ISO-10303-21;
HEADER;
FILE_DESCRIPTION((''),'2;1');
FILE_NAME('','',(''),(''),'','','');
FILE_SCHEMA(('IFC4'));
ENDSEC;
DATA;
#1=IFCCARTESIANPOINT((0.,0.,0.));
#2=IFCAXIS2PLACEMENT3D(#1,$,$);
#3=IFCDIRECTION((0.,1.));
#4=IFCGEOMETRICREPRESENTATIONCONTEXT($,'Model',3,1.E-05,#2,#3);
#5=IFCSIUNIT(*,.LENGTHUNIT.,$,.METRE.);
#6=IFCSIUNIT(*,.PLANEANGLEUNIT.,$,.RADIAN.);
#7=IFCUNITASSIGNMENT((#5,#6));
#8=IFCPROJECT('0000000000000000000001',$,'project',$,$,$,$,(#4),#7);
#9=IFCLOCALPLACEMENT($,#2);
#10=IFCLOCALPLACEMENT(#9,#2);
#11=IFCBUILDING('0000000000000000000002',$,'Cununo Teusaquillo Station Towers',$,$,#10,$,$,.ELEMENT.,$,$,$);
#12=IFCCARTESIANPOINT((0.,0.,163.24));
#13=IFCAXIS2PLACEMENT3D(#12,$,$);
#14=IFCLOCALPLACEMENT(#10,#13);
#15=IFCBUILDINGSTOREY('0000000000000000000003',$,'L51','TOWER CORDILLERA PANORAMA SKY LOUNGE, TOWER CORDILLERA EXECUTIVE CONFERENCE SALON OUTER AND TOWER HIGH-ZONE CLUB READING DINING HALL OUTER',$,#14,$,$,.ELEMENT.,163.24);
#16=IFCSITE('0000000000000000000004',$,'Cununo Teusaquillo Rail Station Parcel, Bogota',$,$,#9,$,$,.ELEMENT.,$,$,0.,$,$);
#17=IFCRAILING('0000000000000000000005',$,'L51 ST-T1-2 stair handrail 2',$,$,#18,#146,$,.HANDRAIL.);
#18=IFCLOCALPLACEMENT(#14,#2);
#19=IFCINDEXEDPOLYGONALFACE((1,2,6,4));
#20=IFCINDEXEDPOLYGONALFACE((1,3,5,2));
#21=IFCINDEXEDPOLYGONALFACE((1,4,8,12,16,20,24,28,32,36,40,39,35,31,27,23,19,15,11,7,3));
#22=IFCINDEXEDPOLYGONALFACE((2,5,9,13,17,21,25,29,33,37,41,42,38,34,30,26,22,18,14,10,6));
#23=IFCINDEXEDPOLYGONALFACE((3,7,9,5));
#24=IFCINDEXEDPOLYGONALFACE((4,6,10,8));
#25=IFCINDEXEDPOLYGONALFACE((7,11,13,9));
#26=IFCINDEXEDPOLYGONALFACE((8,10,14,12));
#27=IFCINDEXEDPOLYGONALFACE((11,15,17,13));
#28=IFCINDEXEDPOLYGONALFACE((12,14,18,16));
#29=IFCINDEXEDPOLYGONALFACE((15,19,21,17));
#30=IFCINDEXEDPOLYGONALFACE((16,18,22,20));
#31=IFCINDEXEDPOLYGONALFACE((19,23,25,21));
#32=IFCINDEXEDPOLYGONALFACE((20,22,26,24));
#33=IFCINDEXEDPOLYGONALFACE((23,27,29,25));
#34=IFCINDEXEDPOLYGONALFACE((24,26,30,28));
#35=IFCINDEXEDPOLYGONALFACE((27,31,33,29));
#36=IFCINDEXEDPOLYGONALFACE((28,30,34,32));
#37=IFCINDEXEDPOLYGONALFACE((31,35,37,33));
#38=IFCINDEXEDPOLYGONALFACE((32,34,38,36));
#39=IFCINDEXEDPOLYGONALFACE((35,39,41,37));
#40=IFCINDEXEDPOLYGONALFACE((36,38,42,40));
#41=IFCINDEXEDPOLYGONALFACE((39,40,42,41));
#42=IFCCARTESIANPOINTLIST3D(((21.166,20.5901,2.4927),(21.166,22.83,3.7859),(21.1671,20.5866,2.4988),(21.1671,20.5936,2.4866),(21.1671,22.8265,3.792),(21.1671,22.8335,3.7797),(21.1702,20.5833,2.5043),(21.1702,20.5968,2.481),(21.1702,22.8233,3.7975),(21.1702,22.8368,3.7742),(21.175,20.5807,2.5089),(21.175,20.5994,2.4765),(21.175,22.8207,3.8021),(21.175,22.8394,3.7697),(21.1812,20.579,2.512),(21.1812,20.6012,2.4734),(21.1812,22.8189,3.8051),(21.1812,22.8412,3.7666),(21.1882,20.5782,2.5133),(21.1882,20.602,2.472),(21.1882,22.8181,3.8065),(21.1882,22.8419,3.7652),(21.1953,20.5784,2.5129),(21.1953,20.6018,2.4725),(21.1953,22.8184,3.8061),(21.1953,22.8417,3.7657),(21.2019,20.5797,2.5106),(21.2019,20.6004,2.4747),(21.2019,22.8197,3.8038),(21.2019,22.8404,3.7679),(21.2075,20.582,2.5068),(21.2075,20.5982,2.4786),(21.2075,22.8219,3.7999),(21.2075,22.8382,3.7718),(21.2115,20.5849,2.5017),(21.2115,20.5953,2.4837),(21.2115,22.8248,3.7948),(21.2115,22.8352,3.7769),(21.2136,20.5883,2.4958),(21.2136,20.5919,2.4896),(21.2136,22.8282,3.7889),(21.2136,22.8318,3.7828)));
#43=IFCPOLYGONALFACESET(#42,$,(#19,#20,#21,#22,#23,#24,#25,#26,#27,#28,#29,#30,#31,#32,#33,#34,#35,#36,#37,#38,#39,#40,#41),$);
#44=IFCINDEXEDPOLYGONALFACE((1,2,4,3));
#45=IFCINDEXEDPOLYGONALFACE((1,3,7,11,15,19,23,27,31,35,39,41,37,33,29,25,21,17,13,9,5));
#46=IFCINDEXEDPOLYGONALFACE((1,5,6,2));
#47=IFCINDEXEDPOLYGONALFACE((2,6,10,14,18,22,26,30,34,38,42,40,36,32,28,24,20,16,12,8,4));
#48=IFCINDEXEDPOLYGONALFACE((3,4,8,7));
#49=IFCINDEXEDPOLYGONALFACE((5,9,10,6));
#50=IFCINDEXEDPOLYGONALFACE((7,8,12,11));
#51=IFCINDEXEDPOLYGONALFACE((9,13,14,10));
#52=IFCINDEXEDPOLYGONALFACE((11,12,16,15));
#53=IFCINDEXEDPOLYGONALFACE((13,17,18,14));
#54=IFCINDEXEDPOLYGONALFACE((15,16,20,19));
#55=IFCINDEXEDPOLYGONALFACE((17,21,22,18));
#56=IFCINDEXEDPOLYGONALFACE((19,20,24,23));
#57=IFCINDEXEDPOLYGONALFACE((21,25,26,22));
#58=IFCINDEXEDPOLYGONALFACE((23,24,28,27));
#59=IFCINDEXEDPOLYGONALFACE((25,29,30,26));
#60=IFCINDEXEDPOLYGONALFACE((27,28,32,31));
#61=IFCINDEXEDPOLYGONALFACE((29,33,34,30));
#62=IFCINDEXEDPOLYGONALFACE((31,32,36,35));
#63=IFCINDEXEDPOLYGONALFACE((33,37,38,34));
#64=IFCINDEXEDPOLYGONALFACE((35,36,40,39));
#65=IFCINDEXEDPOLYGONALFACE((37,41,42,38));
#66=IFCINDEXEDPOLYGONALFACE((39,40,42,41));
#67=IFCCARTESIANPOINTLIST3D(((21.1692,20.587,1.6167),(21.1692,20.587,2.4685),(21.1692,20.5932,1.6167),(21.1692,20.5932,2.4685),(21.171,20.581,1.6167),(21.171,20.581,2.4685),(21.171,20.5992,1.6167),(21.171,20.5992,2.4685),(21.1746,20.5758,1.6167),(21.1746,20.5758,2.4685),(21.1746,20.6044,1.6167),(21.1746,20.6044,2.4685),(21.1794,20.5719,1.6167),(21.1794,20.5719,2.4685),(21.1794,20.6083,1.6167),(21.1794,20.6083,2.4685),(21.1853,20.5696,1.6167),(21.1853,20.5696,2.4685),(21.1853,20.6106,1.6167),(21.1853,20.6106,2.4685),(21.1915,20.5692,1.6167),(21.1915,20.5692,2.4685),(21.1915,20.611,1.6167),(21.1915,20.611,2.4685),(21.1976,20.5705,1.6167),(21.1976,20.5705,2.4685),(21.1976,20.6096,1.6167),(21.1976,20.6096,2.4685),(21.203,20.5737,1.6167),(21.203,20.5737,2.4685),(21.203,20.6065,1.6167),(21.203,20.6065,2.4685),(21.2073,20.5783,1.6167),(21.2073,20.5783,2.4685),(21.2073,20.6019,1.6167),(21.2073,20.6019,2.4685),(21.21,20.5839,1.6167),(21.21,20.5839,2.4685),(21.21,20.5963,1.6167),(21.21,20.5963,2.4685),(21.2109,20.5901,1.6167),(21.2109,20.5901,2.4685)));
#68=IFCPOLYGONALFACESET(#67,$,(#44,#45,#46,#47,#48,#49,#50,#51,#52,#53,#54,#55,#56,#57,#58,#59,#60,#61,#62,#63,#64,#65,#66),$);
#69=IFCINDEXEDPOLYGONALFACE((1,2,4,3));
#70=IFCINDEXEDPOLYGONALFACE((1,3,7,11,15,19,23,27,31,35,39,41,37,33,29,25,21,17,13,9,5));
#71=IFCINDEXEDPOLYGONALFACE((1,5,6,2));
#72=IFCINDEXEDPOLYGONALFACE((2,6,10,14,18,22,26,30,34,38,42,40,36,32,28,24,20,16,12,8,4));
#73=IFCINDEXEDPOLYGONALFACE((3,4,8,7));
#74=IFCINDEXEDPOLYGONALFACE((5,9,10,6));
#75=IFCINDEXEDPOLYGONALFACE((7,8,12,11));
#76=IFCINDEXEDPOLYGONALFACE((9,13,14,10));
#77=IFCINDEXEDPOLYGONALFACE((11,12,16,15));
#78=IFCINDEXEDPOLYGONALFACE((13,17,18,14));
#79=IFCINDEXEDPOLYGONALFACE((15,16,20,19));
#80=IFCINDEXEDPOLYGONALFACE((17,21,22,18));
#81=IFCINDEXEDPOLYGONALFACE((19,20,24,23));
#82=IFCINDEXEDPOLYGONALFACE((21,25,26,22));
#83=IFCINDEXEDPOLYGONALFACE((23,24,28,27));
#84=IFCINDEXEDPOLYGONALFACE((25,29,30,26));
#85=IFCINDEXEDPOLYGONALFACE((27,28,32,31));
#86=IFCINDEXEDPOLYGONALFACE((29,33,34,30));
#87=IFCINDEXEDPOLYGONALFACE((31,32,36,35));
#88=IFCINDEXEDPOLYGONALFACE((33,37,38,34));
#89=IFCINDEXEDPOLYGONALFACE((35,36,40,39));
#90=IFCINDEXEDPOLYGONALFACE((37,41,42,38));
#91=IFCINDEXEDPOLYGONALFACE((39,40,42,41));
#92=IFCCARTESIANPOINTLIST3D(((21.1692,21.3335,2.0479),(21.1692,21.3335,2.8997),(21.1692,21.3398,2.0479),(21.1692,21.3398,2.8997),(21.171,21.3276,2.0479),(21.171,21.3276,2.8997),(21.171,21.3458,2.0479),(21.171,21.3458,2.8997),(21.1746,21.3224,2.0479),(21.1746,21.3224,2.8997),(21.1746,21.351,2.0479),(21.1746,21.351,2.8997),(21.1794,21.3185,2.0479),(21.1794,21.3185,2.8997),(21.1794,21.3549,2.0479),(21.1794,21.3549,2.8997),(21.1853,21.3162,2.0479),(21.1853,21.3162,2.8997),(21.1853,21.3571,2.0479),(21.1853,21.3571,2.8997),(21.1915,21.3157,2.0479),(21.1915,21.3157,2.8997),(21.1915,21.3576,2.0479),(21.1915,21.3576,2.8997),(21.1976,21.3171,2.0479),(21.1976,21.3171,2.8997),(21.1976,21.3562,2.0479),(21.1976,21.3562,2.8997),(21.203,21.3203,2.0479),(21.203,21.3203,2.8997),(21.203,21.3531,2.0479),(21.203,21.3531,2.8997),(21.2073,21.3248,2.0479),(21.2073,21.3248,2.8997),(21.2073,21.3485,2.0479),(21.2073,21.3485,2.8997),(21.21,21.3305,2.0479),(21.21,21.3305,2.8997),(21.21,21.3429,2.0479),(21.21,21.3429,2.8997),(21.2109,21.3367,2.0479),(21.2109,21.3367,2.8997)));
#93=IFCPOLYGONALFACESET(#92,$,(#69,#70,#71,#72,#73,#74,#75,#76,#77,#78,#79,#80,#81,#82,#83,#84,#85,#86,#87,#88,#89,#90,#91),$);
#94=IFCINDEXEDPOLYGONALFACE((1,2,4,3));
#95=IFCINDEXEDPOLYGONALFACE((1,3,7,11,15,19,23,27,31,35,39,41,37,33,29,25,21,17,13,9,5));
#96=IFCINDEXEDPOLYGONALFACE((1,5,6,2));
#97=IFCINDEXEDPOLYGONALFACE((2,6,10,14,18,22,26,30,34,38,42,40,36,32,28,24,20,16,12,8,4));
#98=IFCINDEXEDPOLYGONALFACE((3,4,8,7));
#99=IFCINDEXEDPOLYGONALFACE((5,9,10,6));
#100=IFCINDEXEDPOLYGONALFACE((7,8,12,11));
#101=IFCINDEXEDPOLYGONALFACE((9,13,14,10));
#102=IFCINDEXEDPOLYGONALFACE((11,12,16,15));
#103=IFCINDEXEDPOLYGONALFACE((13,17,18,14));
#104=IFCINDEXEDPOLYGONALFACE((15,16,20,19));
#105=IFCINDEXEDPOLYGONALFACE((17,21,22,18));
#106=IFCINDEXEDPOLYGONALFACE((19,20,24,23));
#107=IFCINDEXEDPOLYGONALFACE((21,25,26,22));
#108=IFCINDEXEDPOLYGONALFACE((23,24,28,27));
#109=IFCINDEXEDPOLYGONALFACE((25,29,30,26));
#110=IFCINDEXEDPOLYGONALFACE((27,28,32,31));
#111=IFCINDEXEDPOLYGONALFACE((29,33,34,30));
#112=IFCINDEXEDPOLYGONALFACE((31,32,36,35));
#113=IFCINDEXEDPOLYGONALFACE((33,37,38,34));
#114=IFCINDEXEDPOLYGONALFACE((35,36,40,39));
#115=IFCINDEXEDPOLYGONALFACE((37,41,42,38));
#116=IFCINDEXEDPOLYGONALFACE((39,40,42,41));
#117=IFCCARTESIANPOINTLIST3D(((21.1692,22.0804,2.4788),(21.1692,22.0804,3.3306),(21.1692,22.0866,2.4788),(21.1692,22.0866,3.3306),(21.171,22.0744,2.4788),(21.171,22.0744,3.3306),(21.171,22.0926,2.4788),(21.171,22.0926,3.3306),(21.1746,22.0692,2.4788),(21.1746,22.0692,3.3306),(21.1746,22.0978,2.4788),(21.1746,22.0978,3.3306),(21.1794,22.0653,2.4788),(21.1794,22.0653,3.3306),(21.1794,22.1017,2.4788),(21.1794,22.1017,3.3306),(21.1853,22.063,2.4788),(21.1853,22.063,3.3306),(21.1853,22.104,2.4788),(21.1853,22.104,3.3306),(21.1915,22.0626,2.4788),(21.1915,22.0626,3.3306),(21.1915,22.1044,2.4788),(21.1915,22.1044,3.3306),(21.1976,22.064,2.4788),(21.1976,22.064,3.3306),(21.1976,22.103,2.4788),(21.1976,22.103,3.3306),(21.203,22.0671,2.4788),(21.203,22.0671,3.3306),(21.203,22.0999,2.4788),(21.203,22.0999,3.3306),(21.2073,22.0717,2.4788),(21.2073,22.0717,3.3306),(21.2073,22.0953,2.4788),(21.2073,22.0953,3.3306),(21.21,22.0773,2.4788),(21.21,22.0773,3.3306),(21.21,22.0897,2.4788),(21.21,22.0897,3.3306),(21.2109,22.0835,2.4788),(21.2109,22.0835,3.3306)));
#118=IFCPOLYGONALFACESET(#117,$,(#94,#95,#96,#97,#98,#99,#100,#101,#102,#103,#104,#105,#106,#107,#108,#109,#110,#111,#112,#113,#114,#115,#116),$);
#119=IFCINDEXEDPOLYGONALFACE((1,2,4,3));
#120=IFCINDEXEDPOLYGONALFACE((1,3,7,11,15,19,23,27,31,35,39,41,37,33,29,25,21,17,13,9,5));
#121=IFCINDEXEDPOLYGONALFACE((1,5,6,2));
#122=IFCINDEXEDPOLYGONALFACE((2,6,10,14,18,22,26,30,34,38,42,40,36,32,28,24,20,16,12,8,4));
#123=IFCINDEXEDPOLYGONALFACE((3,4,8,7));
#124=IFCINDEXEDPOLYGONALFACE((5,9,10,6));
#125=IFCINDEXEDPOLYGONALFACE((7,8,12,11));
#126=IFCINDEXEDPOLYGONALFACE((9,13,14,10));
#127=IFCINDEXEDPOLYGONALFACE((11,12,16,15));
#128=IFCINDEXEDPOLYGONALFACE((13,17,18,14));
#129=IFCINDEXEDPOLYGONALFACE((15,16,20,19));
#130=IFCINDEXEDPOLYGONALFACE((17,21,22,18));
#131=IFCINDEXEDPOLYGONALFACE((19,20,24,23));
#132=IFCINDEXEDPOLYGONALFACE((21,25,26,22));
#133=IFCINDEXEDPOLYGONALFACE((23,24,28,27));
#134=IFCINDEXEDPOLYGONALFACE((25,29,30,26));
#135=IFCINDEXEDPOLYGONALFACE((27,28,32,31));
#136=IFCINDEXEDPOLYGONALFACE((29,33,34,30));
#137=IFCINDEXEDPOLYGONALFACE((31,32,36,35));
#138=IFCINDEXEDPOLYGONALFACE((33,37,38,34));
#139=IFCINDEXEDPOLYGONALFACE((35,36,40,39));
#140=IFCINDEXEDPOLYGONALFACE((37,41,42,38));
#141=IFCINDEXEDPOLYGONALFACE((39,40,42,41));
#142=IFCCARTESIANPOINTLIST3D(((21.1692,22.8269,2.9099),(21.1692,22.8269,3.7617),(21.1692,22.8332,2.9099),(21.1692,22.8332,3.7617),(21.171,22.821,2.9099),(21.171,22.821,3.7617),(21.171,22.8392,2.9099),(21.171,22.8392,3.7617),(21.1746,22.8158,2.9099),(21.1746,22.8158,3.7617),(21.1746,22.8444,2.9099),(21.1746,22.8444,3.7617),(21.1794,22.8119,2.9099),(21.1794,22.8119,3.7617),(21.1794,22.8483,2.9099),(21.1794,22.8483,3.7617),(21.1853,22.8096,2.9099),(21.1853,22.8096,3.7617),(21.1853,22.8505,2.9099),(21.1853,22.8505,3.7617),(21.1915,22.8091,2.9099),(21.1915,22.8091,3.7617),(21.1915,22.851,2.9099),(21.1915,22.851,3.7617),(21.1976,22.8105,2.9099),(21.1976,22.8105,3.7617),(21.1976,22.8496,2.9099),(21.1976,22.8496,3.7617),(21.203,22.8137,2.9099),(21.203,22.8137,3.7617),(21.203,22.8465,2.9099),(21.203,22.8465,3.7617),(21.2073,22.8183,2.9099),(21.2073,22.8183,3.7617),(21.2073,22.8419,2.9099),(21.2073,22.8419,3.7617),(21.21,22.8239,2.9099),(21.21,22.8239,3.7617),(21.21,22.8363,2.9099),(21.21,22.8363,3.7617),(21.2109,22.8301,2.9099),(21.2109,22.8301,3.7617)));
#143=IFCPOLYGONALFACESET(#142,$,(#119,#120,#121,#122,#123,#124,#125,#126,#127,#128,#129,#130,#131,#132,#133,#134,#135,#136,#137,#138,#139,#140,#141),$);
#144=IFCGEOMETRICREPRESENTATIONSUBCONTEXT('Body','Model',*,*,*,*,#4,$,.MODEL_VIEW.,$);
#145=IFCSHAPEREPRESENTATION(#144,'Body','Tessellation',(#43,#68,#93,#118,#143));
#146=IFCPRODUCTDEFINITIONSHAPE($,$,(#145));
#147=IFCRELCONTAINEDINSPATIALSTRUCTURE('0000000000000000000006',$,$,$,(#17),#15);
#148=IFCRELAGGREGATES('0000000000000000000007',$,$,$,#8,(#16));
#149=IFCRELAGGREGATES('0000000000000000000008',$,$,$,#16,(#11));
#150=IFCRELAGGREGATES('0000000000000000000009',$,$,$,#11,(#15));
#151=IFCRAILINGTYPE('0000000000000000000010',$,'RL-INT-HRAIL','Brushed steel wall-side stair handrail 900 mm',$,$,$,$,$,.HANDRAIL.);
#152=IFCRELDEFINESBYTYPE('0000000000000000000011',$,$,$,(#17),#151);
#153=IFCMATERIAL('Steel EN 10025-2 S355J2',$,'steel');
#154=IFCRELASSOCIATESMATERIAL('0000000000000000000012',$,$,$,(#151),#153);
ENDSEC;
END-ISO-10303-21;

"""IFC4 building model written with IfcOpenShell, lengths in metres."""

from ifc_helpers import new_model, si_unit, direction, frame, origin, origin_2d, place, context, subcontext, project, spatial, circle, extrude, material, type_object, element, save


model = new_model("IFC4")

# Units and contexts
model_context = context("Model", 3, precision=1e-05, world=origin(), true_north=direction((0.0, 1.0)))
body_context = subcontext(model_context, "Body", "Model", "MODEL_VIEW")
ifc_project = project(units=[si_unit("LENGTHUNIT", "METRE"), si_unit("PLANEANGLEUNIT", "RADIAN")], contexts=[model_context])

# Site, building, storey
site_placement = place(None, origin())
site = spatial("IfcSite", under=ifc_project, at=site_placement, Name="Cununo Teusaquillo Rail Station Parcel, Bogota", CompositionType="ELEMENT", RefElevation=0.0)
building_placement = place(site_placement, origin())
building = spatial("IfcBuilding", under=site, at=building_placement, Name="Cununo Teusaquillo Station Towers", CompositionType="ELEMENT")
storey_placement = place(building_placement, frame((0.0, 0.0, 163.24)))
storey = spatial("IfcBuildingStorey", under=building, at=storey_placement, Name="L51", Description="TOWER CORDILLERA PANORAMA SKY LOUNGE, TOWER CORDILLERA EXECUTIVE CONFERENCE SALON OUTER AND TOWER HIGH-ZONE CLUB READING DINING HALL OUTER", CompositionType="ELEMENT", Elevation=163.24)

# Railing
ifc_material_1 = material(Name="Steel EN 10025-2 S355J2", Category="steel")
railing_type_1 = type_object("IfcRailingType", Name="RL-INT-HRAIL", Description="Brushed steel wall-side stair handrail 900 mm", PredefinedType="HANDRAIL", material=ifc_material_1)
railing_1_placement = place(storey_placement, frame((21.1899, 20.5901, 1.6167)))
element("IfcRailing", 1, at=railing_1_placement, inside=storey, type_object=railing_type_1, Name="L51 ST-T1-2 stair handrail 2", PredefinedType="HANDRAIL", context=body_context, shape_type="SweptSolid", body=[
    extrude(circle(Radius=0.0239, at=origin_2d()), frame((0.0, 0.0, 0.876), z_axis=(0.0, 0.866033, 0.499987), x_axis=(-1.0, 0.0, 0.0)), (0.0, 0.0, 1.0), 2.5864),
    extrude(circle(Radius=0.021, at=origin_2d()), origin(), (0.0, 0.0, 1.0), 0.8518),
    extrude(circle(Radius=0.021, at=origin_2d()), frame((0.0, 0.7466, 0.4312)), (0.0, 0.0, 1.0), 0.8518),
    extrude(circle(Radius=0.021, at=origin_2d()), frame((0.0, 1.4934, 0.8621)), (0.0, 0.0, 1.0), 0.8518),
    extrude(circle(Radius=0.021, at=origin_2d()), frame((0.0, 2.24, 1.2932)), (0.0, 0.0, 1.0), 0.8518),
])

save(model, "model.ifc")
